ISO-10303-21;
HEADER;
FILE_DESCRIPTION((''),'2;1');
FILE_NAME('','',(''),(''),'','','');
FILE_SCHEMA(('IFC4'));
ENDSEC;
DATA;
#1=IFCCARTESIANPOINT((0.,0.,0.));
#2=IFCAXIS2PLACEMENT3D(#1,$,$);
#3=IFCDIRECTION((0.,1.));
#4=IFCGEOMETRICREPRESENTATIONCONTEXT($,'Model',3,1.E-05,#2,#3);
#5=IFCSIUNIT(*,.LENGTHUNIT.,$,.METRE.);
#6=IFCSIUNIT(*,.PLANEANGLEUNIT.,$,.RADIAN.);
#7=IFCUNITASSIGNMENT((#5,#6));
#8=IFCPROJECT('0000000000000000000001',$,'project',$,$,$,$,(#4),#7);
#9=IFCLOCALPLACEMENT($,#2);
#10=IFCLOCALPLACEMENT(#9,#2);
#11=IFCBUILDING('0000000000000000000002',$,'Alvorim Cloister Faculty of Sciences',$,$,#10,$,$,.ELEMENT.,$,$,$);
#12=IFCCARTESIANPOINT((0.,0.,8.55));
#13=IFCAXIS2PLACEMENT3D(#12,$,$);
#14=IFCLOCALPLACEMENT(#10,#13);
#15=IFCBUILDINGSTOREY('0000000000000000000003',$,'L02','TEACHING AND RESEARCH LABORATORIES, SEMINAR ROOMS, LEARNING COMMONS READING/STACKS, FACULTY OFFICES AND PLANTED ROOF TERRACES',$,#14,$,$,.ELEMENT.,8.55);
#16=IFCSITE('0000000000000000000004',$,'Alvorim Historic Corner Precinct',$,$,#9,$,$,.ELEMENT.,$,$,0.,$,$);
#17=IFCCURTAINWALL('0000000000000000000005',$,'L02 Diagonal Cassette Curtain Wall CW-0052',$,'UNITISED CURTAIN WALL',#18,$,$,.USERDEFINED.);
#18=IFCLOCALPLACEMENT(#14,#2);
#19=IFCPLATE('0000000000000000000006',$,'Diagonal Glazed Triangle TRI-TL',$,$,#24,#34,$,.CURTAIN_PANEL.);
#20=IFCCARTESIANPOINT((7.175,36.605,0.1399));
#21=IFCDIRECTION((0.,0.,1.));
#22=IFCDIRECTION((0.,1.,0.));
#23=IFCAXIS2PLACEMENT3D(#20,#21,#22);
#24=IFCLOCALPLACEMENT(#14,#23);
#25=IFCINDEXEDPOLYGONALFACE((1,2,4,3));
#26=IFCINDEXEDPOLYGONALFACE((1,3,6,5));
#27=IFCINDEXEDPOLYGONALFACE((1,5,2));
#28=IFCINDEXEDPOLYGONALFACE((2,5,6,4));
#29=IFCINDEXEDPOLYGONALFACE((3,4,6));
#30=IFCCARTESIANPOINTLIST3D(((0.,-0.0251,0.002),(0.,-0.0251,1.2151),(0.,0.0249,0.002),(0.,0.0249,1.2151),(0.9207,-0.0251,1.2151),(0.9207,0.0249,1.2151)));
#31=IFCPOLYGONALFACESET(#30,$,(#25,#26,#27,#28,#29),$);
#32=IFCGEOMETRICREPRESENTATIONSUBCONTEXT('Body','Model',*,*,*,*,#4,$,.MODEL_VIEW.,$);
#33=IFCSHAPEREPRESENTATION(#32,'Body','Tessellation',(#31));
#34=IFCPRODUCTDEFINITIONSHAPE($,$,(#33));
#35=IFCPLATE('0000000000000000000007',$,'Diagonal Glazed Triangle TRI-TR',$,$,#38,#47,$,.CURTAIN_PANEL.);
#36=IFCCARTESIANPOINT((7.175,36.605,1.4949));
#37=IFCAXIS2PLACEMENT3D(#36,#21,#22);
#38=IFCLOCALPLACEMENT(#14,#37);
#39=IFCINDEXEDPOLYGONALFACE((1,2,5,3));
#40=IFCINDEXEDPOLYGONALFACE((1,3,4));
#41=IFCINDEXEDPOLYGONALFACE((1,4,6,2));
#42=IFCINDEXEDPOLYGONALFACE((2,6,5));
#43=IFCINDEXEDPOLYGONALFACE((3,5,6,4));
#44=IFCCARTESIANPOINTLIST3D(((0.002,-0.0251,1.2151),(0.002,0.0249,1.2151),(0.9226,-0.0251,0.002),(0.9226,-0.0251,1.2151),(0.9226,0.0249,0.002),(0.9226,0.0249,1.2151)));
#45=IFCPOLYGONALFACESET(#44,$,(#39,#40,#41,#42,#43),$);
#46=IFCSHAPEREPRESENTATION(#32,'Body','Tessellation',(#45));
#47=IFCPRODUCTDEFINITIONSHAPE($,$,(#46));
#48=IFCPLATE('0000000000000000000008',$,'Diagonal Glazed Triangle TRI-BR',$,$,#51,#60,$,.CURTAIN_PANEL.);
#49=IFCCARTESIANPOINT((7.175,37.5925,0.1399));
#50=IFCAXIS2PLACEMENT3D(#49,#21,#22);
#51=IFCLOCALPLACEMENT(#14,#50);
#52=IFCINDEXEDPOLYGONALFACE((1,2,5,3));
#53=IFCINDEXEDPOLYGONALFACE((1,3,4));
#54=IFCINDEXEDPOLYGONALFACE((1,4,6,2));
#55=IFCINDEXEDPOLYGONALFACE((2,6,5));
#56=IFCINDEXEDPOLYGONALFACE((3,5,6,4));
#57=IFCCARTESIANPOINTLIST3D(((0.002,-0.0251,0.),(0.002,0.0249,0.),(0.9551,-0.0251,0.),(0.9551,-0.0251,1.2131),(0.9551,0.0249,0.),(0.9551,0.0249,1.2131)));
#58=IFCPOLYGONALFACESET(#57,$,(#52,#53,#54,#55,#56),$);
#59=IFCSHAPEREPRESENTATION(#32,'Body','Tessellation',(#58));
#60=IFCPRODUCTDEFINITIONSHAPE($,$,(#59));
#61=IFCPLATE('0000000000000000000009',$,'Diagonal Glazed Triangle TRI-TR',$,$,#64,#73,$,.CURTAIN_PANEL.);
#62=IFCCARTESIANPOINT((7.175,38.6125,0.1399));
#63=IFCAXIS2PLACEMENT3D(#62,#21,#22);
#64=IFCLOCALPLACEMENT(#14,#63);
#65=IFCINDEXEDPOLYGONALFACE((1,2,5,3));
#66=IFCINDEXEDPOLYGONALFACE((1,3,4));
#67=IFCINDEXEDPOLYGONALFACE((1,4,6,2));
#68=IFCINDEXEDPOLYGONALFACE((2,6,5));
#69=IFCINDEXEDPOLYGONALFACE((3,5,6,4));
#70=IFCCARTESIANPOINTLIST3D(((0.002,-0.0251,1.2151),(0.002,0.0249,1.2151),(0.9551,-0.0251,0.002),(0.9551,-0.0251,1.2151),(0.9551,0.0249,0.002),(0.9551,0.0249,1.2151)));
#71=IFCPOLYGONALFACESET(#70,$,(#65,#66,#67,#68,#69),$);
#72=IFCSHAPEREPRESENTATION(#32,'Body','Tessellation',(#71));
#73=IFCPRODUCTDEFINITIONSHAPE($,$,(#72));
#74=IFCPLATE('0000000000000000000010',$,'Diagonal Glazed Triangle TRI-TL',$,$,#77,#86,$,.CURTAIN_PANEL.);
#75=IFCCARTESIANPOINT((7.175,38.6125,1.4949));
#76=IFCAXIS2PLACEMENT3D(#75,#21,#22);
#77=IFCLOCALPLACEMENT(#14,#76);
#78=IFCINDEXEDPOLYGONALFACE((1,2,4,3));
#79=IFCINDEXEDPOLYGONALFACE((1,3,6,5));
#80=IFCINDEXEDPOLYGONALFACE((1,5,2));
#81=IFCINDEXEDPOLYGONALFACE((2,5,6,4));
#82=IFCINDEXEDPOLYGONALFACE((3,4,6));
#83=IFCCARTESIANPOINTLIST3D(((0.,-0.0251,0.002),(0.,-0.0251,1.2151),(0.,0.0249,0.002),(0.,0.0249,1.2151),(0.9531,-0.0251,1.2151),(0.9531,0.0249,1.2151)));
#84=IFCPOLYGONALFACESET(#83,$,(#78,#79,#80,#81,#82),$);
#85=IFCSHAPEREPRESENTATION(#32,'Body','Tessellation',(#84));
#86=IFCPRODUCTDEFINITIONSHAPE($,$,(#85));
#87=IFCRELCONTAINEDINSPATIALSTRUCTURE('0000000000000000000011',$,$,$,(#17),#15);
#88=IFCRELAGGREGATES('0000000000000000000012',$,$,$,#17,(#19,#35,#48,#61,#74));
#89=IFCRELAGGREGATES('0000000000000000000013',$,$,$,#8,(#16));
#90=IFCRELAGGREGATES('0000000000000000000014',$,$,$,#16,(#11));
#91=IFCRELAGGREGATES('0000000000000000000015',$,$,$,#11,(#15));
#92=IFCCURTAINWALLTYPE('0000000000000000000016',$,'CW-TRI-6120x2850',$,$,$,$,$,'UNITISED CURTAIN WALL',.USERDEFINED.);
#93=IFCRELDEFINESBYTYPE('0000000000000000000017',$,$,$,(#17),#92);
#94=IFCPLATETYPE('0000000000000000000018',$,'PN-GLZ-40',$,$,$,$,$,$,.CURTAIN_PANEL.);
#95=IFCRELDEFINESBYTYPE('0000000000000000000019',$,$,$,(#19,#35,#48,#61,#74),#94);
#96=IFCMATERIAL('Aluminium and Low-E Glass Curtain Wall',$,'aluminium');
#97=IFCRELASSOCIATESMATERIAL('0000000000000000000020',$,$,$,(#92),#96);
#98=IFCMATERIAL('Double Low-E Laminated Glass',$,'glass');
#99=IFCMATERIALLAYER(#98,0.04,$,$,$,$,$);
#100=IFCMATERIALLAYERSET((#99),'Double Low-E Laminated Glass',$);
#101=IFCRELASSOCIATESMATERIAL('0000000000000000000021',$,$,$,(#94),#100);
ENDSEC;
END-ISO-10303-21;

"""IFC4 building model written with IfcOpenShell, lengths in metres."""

from ifc_helpers import new_model, si_unit, direction, frame, origin, place, context, subcontext, project, spatial, polyline, outline, extrude, material, layer, layer_set, type_object, element, aggregate, save


model = new_model("IFC4")

# Units and contexts
model_context = context("Model", 3, precision=1e-05, world=origin(), true_north=direction((0.0, 1.0)))
body_context = subcontext(model_context, "Body", "Model", "MODEL_VIEW")
ifc_project = project(units=[si_unit("LENGTHUNIT", "METRE"), si_unit("PLANEANGLEUNIT", "RADIAN")], contexts=[model_context])

# Site, building, storey
site_placement = place(None, origin())
site = spatial("IfcSite", under=ifc_project, at=site_placement, Name="Alvorim Historic Corner Precinct", CompositionType="ELEMENT", RefElevation=0.0)
building_placement = place(site_placement, origin())
building = spatial("IfcBuilding", under=site, at=building_placement, Name="Alvorim Cloister Faculty of Sciences", CompositionType="ELEMENT")
storey_placement = place(building_placement, frame((0.0, 0.0, 8.55)))
storey = spatial("IfcBuildingStorey", under=building, at=storey_placement, Name="L02", Description="TEACHING AND RESEARCH LABORATORIES, SEMINAR ROOMS, LEARNING COMMONS READING/STACKS, FACULTY OFFICES AND PLANTED ROOF TERRACES", CompositionType="ELEMENT", Elevation=8.55)

# Curtain wall, plates
ifc_material_1 = material(Name="Aluminium and Low-E Glass Curtain Wall", Category="aluminium")
curtain_wall_type = type_object("IfcCurtainWallType", Name="CW-TRI-6120x2850", ElementType="UNITISED CURTAIN WALL", PredefinedType="USERDEFINED", material=ifc_material_1)
curtain_wall_placement = place(storey_placement, origin())
curtain_wall = element("IfcCurtainWall", 1, at=curtain_wall_placement, inside=storey, type_object=curtain_wall_type, Name="L02 Diagonal Cassette Curtain Wall CW-0052", ObjectType="UNITISED CURTAIN WALL", PredefinedType="USERDEFINED")
ifc_material_2 = material(Name="Double Low-E Laminated Glass", Category="glass")
ifc_layer_1 = layer(ifc_material_2, 0.04)
ifc_layer_set_1 = layer_set([ifc_layer_1], Name="Double Low-E Laminated Glass")
plate_type = type_object("IfcPlateType", Name="PN-GLZ-40", PredefinedType="CURTAIN_PANEL", material=ifc_layer_set_1)
plate_1_placement = place(storey_placement, frame((7.175, 36.605, 0.1399), z_axis=(0.0, 0.0, 1.0), x_axis=(0.0, 1.0, 0.0)))
plate_1 = element("IfcPlate", 2, at=plate_1_placement, type_object=plate_type, Name="Diagonal Glazed Triangle TRI-TL", PredefinedType="CURTAIN_PANEL", context=body_context, shape_type="SweptSolid", body=[
    extrude(outline(polyline([(0.9207, 1.2151), (0.0, 1.2151), (0.0, 0.002), (0.9207, 1.2151)])), frame((0.0, 0.0249, 0.0), z_axis=(0.0, -1.0, 0.0), x_axis=(1.0, 0.0, 0.0)), (0.0, 0.0, 1.0), 0.05),
])
plate_2_placement = place(storey_placement, frame((7.175, 36.605, 1.4949), z_axis=(0.0, 0.0, 1.0), x_axis=(0.0, 1.0, 0.0)))
plate_2 = element("IfcPlate", 3, at=plate_2_placement, type_object=plate_type, Name="Diagonal Glazed Triangle TRI-TR", PredefinedType="CURTAIN_PANEL", context=body_context, shape_type="SweptSolid", body=[
    extrude(outline(polyline([(0.9226, 0.002), (0.9226, 1.2151), (0.002, 1.2151), (0.9226, 0.002)])), frame((0.0, 0.0249, 0.0), z_axis=(0.0, -1.0, 0.0), x_axis=(1.0, 0.0, 0.0)), (0.0, 0.0, 1.0), 0.05),
])
plate_3_placement = place(storey_placement, frame((7.175, 37.5925, 0.1399), z_axis=(0.0, 0.0, 1.0), x_axis=(0.0, 1.0, 0.0)))
plate_3 = element("IfcPlate", 4, at=plate_3_placement, type_object=plate_type, Name="Diagonal Glazed Triangle TRI-BR", PredefinedType="CURTAIN_PANEL", context=body_context, shape_type="SweptSolid", body=[
    extrude(outline(polyline([(0.002, 0.0), (0.9551, 0.0), (0.9551, 1.2131), (0.002, 0.0)])), frame((0.0, 0.0249, 0.0), z_axis=(0.0, -1.0, 0.0), x_axis=(1.0, 0.0, 0.0)), (0.0, 0.0, 1.0), 0.05),
])
plate_4_placement = place(storey_placement, frame((7.175, 38.6125, 0.1399), z_axis=(0.0, 0.0, 1.0), x_axis=(0.0, 1.0, 0.0)))
plate_4 = element("IfcPlate", 5, at=plate_4_placement, type_object=plate_type, Name="Diagonal Glazed Triangle TRI-TR", PredefinedType="CURTAIN_PANEL", context=body_context, shape_type="SweptSolid", body=[
    extrude(outline(polyline([(0.9551, 0.002), (0.9551, 1.2151), (0.002, 1.2151), (0.9551, 0.002)])), frame((0.0, 0.0249, 0.0), z_axis=(0.0, -1.0, 0.0), x_axis=(1.0, 0.0, 0.0)), (0.0, 0.0, 1.0), 0.05),
])
plate_5_placement = place(storey_placement, frame((7.175, 38.6125, 1.4949), z_axis=(0.0, 0.0, 1.0), x_axis=(0.0, 1.0, 0.0)))
plate_5 = element("IfcPlate", 6, at=plate_5_placement, type_object=plate_type, Name="Diagonal Glazed Triangle TRI-TL", PredefinedType="CURTAIN_PANEL", context=body_context, shape_type="SweptSolid", body=[
    extrude(outline(polyline([(0.9531, 1.2151), (0.0, 1.2151), (0.0, 0.002), (0.9531, 1.2151)])), frame((0.0, 0.0249, 0.0), z_axis=(0.0, -1.0, 0.0), x_axis=(1.0, 0.0, 0.0)), (0.0, 0.0, 1.0), 0.05),
])
aggregate(curtain_wall, [plate_1, plate_2, plate_3, plate_4, plate_5])

save(model, "model.ifc")
